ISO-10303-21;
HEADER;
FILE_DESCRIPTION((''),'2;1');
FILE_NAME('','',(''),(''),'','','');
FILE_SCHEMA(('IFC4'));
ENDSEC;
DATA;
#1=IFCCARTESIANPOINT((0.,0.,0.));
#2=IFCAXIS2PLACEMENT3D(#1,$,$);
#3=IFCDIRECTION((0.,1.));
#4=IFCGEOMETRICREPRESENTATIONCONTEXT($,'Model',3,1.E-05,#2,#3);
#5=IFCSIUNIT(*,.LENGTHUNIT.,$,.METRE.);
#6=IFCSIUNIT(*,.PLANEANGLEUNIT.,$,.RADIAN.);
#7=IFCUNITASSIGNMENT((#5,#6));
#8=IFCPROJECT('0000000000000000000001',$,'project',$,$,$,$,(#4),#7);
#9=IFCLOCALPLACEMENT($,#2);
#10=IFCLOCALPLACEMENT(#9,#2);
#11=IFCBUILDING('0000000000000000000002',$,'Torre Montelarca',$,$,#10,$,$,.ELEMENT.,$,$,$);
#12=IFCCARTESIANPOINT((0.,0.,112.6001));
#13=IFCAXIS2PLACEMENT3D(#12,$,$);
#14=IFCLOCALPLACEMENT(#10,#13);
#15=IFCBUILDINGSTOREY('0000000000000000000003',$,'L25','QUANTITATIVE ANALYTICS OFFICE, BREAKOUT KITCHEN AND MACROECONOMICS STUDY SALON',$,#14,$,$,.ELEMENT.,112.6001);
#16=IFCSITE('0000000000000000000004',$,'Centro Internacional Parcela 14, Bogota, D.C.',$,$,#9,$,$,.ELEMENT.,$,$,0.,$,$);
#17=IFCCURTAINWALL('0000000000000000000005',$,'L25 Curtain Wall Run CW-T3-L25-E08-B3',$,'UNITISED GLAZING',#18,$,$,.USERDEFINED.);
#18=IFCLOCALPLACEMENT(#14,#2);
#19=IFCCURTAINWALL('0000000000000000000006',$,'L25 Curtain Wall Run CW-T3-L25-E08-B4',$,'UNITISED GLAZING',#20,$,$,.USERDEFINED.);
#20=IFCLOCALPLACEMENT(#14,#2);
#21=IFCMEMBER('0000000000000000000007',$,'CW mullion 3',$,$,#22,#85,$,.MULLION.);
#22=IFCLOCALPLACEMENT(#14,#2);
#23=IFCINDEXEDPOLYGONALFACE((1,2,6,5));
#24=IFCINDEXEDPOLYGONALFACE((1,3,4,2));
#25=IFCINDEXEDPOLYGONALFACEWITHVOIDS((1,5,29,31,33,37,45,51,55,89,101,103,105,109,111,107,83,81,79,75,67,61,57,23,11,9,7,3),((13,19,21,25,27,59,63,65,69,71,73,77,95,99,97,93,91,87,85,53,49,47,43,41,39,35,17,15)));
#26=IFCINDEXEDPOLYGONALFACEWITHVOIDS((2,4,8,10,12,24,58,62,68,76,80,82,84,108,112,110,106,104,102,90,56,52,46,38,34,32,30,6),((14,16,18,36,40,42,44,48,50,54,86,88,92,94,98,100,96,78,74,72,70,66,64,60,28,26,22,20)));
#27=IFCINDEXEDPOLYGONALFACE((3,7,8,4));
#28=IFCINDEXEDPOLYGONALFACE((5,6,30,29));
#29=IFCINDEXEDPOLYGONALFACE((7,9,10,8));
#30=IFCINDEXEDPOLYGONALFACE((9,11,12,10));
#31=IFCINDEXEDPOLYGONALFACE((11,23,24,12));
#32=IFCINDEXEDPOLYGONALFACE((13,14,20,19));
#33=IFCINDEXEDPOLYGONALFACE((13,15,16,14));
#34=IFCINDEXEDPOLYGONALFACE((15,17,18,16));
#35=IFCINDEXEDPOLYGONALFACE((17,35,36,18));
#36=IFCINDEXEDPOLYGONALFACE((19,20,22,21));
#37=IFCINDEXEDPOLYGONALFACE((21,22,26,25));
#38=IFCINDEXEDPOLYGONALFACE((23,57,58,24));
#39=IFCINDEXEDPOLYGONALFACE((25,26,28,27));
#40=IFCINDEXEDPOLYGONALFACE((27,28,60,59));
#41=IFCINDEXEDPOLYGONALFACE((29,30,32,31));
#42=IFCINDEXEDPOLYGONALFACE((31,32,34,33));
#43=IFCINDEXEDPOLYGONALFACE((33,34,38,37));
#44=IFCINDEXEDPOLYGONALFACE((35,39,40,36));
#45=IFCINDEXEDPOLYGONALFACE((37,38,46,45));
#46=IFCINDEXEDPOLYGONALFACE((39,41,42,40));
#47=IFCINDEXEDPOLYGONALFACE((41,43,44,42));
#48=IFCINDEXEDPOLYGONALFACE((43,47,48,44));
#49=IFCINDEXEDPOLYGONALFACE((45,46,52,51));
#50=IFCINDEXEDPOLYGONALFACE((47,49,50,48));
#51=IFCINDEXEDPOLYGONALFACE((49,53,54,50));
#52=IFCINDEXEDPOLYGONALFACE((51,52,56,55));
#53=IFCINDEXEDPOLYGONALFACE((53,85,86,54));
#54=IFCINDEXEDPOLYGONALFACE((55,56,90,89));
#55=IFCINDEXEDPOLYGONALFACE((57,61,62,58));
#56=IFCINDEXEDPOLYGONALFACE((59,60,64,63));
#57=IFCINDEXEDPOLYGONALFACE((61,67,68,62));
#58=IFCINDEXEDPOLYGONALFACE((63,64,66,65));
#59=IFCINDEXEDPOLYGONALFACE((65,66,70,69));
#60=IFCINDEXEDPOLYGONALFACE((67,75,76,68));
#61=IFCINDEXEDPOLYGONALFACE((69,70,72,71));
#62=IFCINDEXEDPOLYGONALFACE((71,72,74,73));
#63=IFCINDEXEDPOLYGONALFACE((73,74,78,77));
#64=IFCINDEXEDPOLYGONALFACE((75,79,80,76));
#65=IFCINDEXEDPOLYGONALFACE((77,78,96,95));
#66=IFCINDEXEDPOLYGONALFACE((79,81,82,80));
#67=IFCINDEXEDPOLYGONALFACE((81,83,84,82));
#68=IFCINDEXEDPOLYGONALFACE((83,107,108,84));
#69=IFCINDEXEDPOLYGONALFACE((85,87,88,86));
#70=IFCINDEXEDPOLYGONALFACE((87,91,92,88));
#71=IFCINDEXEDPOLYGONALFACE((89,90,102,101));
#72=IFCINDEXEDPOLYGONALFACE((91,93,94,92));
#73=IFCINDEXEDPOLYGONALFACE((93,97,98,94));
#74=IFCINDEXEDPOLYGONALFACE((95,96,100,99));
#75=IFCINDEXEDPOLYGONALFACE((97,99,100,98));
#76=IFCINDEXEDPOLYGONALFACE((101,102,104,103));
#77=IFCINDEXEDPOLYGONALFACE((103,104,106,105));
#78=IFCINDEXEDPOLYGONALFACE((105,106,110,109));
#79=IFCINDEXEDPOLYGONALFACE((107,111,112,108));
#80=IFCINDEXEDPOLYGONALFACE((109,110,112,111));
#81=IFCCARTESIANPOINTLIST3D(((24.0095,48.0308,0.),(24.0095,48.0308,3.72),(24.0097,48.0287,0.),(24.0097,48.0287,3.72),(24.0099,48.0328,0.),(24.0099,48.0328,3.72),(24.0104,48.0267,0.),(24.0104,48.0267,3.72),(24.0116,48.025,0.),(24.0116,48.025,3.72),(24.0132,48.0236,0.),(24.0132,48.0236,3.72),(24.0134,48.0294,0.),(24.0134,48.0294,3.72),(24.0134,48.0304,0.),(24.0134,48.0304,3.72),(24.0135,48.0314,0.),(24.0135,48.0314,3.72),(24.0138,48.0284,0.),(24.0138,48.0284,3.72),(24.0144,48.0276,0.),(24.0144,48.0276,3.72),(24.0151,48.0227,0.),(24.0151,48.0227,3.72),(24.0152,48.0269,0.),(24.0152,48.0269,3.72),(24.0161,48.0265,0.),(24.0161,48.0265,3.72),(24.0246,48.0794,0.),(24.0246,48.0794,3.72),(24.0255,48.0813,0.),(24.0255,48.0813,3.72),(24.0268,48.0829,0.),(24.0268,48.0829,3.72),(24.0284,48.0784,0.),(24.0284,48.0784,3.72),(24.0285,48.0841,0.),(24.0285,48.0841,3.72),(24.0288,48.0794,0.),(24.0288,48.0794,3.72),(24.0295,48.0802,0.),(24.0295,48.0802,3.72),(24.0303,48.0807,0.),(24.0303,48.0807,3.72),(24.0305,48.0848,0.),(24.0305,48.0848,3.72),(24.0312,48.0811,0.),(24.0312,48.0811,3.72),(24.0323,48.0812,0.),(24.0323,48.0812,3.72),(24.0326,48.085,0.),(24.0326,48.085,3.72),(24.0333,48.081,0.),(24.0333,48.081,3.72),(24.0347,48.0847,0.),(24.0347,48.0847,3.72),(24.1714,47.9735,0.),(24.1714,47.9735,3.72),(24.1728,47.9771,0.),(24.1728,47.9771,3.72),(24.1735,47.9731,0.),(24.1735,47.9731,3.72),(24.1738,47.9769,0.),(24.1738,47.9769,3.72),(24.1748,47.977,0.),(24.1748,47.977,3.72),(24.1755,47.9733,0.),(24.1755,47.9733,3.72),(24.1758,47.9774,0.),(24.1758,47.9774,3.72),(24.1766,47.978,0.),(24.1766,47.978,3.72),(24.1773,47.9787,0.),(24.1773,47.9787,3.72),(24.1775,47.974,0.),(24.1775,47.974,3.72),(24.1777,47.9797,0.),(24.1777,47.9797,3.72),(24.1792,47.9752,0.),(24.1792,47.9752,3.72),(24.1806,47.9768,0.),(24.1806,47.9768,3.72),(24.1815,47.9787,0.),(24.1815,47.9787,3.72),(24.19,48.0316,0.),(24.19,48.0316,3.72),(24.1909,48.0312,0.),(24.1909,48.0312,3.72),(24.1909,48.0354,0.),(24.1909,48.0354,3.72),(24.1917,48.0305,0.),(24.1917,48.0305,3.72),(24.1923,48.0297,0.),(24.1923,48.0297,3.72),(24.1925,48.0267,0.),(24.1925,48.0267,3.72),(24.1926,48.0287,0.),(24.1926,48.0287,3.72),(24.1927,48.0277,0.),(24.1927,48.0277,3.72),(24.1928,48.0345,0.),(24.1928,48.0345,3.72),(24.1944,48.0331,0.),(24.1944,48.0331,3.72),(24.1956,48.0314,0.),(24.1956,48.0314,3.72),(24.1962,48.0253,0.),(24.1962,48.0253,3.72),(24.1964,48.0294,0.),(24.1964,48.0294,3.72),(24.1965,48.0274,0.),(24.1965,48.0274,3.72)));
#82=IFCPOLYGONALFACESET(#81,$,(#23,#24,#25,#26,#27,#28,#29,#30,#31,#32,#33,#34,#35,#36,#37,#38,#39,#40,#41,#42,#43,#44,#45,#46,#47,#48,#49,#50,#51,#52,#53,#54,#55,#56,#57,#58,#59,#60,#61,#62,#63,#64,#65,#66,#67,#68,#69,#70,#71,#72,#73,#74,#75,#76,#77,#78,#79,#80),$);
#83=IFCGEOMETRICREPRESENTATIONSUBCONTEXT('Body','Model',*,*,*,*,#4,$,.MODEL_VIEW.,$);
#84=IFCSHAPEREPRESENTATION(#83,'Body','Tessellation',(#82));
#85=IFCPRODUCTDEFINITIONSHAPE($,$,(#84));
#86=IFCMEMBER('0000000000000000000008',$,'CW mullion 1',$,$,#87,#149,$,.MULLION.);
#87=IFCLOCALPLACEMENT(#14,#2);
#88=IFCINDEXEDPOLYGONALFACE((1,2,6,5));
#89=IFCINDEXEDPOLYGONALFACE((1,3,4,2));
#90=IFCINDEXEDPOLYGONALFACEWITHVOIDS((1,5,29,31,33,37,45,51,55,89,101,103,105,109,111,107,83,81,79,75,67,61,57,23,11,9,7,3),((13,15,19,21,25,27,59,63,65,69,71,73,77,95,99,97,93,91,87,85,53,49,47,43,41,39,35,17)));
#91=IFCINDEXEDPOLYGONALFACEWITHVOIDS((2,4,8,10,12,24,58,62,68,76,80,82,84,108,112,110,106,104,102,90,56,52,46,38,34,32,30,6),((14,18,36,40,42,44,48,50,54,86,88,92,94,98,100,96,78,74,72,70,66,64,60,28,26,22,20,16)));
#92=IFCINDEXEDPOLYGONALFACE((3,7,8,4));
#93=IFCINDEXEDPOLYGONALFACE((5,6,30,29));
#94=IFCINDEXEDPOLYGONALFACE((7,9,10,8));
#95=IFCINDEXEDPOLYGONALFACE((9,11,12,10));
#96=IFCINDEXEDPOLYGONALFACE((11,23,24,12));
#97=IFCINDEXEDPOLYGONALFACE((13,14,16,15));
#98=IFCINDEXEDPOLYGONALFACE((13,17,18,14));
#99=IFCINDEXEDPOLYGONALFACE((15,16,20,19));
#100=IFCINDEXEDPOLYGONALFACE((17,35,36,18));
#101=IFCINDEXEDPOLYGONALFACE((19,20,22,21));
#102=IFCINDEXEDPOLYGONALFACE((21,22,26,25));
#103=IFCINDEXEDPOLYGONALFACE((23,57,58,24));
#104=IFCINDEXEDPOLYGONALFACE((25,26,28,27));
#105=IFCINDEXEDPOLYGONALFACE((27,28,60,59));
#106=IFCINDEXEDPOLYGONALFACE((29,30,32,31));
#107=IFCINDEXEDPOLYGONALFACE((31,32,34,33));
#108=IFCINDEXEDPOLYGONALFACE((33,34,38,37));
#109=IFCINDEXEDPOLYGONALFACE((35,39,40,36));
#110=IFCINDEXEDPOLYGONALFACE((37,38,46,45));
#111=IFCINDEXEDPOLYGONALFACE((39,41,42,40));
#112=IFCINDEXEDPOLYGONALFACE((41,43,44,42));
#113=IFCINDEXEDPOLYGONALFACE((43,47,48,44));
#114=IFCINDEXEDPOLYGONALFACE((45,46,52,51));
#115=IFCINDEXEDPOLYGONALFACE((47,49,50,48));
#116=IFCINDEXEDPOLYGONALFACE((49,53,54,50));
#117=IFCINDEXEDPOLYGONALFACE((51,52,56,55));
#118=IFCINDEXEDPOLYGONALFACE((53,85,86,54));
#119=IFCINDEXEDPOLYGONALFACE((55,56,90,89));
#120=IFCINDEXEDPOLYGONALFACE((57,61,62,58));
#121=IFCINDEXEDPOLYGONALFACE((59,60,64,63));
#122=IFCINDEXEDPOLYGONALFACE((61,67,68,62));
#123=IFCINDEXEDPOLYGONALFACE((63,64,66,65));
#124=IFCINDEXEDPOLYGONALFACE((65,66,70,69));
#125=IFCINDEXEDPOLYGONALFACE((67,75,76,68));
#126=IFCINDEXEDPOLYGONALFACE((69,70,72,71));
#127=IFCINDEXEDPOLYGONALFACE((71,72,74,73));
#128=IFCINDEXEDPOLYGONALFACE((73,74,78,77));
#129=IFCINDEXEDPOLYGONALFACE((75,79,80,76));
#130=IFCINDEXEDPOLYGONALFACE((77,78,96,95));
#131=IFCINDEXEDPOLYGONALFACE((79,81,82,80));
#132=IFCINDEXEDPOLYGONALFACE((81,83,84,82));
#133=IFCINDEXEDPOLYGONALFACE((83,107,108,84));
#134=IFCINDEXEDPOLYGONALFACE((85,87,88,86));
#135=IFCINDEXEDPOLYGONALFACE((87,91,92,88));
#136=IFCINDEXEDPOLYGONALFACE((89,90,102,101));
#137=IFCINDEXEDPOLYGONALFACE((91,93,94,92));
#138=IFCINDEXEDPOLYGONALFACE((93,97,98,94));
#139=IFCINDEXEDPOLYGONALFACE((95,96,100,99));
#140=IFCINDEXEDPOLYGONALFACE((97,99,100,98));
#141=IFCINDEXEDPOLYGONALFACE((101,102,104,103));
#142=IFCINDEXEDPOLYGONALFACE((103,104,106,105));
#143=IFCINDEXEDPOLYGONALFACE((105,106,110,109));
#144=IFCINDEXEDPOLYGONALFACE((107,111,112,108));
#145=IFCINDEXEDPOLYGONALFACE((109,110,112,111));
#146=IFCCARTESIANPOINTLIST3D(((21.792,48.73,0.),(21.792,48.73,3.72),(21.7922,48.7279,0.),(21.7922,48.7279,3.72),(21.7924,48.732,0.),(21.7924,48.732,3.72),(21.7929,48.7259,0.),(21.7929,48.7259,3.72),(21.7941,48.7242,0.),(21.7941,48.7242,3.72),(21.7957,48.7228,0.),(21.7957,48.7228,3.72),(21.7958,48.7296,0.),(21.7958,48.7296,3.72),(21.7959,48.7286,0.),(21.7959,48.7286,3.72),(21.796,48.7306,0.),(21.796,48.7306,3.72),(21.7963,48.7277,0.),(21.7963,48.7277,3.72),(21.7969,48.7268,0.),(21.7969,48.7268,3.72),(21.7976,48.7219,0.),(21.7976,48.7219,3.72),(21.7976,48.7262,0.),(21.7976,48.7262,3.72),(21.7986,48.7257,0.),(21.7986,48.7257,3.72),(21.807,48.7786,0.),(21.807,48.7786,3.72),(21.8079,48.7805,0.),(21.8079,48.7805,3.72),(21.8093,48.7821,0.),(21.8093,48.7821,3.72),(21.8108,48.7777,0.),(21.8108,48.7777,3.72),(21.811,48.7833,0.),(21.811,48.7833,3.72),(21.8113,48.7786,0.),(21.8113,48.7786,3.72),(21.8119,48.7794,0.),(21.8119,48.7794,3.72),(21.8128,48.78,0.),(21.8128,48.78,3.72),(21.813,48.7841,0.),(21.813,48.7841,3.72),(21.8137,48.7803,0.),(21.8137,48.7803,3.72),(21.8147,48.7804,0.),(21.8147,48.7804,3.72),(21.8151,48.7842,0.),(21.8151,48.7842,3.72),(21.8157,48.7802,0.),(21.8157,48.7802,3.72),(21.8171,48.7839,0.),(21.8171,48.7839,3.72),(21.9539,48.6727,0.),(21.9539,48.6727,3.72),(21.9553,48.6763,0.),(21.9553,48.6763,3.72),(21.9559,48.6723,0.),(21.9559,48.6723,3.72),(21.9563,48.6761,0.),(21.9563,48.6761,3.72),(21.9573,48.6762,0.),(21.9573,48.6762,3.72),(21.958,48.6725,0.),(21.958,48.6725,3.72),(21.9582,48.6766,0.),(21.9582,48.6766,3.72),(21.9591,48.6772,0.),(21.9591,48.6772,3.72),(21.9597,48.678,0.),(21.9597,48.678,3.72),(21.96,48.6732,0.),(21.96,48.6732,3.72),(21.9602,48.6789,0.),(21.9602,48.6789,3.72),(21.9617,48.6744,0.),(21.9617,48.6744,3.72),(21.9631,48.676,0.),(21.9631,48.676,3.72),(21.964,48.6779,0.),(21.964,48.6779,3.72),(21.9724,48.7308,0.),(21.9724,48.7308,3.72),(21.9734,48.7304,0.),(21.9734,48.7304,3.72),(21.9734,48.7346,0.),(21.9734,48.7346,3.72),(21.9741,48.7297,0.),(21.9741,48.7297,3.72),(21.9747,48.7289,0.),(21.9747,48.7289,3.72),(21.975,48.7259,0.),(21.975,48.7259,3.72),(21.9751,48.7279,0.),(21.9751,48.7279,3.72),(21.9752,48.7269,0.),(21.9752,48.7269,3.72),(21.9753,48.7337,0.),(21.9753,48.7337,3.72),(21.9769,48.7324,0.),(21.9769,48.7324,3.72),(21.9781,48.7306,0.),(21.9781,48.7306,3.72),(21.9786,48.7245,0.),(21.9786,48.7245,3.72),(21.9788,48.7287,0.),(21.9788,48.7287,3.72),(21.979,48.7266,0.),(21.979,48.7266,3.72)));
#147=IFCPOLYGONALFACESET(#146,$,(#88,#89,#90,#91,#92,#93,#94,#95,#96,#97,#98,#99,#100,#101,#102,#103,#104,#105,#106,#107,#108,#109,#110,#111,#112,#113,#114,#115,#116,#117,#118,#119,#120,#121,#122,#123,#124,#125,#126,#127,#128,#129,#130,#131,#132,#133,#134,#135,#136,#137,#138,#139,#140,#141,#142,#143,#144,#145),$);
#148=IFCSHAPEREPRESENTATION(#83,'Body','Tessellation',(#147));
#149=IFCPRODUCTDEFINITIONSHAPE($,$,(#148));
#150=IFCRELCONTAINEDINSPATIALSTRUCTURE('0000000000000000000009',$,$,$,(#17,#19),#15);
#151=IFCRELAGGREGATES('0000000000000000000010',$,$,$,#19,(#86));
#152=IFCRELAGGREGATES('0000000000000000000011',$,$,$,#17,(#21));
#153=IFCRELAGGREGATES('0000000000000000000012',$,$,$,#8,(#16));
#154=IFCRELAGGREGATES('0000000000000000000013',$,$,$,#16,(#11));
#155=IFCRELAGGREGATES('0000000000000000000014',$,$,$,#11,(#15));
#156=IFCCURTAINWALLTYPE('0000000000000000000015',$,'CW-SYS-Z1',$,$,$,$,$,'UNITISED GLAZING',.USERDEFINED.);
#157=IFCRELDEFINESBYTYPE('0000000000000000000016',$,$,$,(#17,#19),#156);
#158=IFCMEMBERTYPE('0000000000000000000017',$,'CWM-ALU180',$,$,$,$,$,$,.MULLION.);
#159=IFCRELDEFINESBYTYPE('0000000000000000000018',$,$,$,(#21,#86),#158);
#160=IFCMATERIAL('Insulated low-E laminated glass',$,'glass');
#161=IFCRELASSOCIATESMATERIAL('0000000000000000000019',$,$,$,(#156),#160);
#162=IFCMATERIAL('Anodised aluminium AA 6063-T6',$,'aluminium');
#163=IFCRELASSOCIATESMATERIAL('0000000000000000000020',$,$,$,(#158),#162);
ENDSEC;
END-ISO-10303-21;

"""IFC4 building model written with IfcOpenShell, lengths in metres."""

from ifc_helpers import new_model, si_unit, direction, frame, origin, origin_2d, place, context, subcontext, project, spatial, hollow_rectangle, extrude, source, transform, mapped, material, material_profile, profile_set, type_object, element, aggregate, save


model = new_model("IFC4")

# Units and contexts
model_context = context("Model", 3, precision=1e-05, world=origin(), true_north=direction((0.0, 1.0)))
body_context = subcontext(model_context, "Body", "Model", "MODEL_VIEW")
ifc_project = project(units=[si_unit("LENGTHUNIT", "METRE"), si_unit("PLANEANGLEUNIT", "RADIAN")], contexts=[model_context])

# Site, building, storey
site_placement = place(None, origin())
site = spatial("IfcSite", under=ifc_project, at=site_placement, Name="Centro Internacional Parcela 14, Bogota, D.C.", CompositionType="ELEMENT", RefElevation=0.0)
building_placement = place(site_placement, origin())
building = spatial("IfcBuilding", under=site, at=building_placement, Name="Torre Montelarca", CompositionType="ELEMENT")
storey_placement = place(building_placement, frame((0.0, 0.0, 112.6001)))
storey = spatial("IfcBuildingStorey", under=building, at=storey_placement, Name="L25", Description="QUANTITATIVE ANALYTICS OFFICE, BREAKOUT KITCHEN AND MACROECONOMICS STUDY SALON", CompositionType="ELEMENT", Elevation=112.6001)

# Curtain walls
ifc_material_1 = material(Name="Insulated low-E laminated glass", Category="glass")
curtain_wall_type = type_object("IfcCurtainWallType", Name="CW-SYS-Z1", ElementType="UNITISED GLAZING", PredefinedType="USERDEFINED", material=ifc_material_1)
curtain_wall_1_placement = place(storey_placement, origin())
curtain_wall_1 = element("IfcCurtainWall", 1, at=curtain_wall_1_placement, inside=storey, type_object=curtain_wall_type, Name="L25 Curtain Wall Run CW-T3-L25-E08-B3", ObjectType="UNITISED GLAZING", PredefinedType="USERDEFINED")
ifc_material_2 = material(Name="Anodised aluminium AA 6063-T6", Category="aluminium")
curtain_wall_2_placement = place(storey_placement, origin())
curtain_wall_2 = element("IfcCurtainWall", 2, at=curtain_wall_2_placement, inside=storey, type_object=curtain_wall_type, Name="L25 Curtain Wall Run CW-T3-L25-E08-B4", ObjectType="UNITISED GLAZING", PredefinedType="USERDEFINED")

# Shared definitions
ifc_material_profile_1 = material_profile(ifc_material_2, hollow_rectangle(XDim=0.0649, YDim=0.1799, WallThickness=0.0039, InnerFilletRadius=0.0039, OuterFilletRadius=0.0081, at=origin_2d()), Name="ALU65X180X4", Category="aluminium")
ifc_profile_set_1 = profile_set([ifc_material_profile_1], Name="Anodised aluminium AA 6063-T6")
member_type_1 = type_object("IfcMemberType", Name="CWM-ALU180", PredefinedType="MULLION", material=ifc_profile_set_1)
shared_shape_1 = source(origin(), body_context, "Body", "SweptSolid", [
    extrude(hollow_rectangle(XDim=0.0649, YDim=0.1799, WallThickness=0.0039, InnerFilletRadius=0.0039, OuterFilletRadius=0.0081, at=origin_2d()), origin(), (0.0, 0.0, 1.0), 3.72),
])

# Members
member_1_placement = place(storey_placement, frame((24.103, 48.0291, 0.0), z_axis=(0.0, 0.0, 1.0), x_axis=(-0.30071, -0.953716, 0.0)))
member_1 = element("IfcMember", 3, at=member_1_placement, type_object=member_type_1, Name="CW mullion 3", PredefinedType="MULLION", context=body_context, shape_type="MappedRepresentation", body=[
    mapped(shared_shape_1, transform((0.0, 0.0, 0.0), scale=1.0)),
])
member_2_placement = place(storey_placement, frame((21.8855, 48.7283, 0.0), z_axis=(0.0, 0.0, 1.0), x_axis=(-0.300696, -0.95372, 0.0)))
member_2 = element("IfcMember", 4, at=member_2_placement, type_object=member_type_1, Name="CW mullion 1", PredefinedType="MULLION", context=body_context, shape_type="MappedRepresentation", body=[
    mapped(shared_shape_1, transform((0.0, 0.0, 0.0), scale=1.0)),
])
aggregate(curtain_wall_2, [member_2])

aggregate(curtain_wall_1, [member_1])

save(model, "model.ifc")
